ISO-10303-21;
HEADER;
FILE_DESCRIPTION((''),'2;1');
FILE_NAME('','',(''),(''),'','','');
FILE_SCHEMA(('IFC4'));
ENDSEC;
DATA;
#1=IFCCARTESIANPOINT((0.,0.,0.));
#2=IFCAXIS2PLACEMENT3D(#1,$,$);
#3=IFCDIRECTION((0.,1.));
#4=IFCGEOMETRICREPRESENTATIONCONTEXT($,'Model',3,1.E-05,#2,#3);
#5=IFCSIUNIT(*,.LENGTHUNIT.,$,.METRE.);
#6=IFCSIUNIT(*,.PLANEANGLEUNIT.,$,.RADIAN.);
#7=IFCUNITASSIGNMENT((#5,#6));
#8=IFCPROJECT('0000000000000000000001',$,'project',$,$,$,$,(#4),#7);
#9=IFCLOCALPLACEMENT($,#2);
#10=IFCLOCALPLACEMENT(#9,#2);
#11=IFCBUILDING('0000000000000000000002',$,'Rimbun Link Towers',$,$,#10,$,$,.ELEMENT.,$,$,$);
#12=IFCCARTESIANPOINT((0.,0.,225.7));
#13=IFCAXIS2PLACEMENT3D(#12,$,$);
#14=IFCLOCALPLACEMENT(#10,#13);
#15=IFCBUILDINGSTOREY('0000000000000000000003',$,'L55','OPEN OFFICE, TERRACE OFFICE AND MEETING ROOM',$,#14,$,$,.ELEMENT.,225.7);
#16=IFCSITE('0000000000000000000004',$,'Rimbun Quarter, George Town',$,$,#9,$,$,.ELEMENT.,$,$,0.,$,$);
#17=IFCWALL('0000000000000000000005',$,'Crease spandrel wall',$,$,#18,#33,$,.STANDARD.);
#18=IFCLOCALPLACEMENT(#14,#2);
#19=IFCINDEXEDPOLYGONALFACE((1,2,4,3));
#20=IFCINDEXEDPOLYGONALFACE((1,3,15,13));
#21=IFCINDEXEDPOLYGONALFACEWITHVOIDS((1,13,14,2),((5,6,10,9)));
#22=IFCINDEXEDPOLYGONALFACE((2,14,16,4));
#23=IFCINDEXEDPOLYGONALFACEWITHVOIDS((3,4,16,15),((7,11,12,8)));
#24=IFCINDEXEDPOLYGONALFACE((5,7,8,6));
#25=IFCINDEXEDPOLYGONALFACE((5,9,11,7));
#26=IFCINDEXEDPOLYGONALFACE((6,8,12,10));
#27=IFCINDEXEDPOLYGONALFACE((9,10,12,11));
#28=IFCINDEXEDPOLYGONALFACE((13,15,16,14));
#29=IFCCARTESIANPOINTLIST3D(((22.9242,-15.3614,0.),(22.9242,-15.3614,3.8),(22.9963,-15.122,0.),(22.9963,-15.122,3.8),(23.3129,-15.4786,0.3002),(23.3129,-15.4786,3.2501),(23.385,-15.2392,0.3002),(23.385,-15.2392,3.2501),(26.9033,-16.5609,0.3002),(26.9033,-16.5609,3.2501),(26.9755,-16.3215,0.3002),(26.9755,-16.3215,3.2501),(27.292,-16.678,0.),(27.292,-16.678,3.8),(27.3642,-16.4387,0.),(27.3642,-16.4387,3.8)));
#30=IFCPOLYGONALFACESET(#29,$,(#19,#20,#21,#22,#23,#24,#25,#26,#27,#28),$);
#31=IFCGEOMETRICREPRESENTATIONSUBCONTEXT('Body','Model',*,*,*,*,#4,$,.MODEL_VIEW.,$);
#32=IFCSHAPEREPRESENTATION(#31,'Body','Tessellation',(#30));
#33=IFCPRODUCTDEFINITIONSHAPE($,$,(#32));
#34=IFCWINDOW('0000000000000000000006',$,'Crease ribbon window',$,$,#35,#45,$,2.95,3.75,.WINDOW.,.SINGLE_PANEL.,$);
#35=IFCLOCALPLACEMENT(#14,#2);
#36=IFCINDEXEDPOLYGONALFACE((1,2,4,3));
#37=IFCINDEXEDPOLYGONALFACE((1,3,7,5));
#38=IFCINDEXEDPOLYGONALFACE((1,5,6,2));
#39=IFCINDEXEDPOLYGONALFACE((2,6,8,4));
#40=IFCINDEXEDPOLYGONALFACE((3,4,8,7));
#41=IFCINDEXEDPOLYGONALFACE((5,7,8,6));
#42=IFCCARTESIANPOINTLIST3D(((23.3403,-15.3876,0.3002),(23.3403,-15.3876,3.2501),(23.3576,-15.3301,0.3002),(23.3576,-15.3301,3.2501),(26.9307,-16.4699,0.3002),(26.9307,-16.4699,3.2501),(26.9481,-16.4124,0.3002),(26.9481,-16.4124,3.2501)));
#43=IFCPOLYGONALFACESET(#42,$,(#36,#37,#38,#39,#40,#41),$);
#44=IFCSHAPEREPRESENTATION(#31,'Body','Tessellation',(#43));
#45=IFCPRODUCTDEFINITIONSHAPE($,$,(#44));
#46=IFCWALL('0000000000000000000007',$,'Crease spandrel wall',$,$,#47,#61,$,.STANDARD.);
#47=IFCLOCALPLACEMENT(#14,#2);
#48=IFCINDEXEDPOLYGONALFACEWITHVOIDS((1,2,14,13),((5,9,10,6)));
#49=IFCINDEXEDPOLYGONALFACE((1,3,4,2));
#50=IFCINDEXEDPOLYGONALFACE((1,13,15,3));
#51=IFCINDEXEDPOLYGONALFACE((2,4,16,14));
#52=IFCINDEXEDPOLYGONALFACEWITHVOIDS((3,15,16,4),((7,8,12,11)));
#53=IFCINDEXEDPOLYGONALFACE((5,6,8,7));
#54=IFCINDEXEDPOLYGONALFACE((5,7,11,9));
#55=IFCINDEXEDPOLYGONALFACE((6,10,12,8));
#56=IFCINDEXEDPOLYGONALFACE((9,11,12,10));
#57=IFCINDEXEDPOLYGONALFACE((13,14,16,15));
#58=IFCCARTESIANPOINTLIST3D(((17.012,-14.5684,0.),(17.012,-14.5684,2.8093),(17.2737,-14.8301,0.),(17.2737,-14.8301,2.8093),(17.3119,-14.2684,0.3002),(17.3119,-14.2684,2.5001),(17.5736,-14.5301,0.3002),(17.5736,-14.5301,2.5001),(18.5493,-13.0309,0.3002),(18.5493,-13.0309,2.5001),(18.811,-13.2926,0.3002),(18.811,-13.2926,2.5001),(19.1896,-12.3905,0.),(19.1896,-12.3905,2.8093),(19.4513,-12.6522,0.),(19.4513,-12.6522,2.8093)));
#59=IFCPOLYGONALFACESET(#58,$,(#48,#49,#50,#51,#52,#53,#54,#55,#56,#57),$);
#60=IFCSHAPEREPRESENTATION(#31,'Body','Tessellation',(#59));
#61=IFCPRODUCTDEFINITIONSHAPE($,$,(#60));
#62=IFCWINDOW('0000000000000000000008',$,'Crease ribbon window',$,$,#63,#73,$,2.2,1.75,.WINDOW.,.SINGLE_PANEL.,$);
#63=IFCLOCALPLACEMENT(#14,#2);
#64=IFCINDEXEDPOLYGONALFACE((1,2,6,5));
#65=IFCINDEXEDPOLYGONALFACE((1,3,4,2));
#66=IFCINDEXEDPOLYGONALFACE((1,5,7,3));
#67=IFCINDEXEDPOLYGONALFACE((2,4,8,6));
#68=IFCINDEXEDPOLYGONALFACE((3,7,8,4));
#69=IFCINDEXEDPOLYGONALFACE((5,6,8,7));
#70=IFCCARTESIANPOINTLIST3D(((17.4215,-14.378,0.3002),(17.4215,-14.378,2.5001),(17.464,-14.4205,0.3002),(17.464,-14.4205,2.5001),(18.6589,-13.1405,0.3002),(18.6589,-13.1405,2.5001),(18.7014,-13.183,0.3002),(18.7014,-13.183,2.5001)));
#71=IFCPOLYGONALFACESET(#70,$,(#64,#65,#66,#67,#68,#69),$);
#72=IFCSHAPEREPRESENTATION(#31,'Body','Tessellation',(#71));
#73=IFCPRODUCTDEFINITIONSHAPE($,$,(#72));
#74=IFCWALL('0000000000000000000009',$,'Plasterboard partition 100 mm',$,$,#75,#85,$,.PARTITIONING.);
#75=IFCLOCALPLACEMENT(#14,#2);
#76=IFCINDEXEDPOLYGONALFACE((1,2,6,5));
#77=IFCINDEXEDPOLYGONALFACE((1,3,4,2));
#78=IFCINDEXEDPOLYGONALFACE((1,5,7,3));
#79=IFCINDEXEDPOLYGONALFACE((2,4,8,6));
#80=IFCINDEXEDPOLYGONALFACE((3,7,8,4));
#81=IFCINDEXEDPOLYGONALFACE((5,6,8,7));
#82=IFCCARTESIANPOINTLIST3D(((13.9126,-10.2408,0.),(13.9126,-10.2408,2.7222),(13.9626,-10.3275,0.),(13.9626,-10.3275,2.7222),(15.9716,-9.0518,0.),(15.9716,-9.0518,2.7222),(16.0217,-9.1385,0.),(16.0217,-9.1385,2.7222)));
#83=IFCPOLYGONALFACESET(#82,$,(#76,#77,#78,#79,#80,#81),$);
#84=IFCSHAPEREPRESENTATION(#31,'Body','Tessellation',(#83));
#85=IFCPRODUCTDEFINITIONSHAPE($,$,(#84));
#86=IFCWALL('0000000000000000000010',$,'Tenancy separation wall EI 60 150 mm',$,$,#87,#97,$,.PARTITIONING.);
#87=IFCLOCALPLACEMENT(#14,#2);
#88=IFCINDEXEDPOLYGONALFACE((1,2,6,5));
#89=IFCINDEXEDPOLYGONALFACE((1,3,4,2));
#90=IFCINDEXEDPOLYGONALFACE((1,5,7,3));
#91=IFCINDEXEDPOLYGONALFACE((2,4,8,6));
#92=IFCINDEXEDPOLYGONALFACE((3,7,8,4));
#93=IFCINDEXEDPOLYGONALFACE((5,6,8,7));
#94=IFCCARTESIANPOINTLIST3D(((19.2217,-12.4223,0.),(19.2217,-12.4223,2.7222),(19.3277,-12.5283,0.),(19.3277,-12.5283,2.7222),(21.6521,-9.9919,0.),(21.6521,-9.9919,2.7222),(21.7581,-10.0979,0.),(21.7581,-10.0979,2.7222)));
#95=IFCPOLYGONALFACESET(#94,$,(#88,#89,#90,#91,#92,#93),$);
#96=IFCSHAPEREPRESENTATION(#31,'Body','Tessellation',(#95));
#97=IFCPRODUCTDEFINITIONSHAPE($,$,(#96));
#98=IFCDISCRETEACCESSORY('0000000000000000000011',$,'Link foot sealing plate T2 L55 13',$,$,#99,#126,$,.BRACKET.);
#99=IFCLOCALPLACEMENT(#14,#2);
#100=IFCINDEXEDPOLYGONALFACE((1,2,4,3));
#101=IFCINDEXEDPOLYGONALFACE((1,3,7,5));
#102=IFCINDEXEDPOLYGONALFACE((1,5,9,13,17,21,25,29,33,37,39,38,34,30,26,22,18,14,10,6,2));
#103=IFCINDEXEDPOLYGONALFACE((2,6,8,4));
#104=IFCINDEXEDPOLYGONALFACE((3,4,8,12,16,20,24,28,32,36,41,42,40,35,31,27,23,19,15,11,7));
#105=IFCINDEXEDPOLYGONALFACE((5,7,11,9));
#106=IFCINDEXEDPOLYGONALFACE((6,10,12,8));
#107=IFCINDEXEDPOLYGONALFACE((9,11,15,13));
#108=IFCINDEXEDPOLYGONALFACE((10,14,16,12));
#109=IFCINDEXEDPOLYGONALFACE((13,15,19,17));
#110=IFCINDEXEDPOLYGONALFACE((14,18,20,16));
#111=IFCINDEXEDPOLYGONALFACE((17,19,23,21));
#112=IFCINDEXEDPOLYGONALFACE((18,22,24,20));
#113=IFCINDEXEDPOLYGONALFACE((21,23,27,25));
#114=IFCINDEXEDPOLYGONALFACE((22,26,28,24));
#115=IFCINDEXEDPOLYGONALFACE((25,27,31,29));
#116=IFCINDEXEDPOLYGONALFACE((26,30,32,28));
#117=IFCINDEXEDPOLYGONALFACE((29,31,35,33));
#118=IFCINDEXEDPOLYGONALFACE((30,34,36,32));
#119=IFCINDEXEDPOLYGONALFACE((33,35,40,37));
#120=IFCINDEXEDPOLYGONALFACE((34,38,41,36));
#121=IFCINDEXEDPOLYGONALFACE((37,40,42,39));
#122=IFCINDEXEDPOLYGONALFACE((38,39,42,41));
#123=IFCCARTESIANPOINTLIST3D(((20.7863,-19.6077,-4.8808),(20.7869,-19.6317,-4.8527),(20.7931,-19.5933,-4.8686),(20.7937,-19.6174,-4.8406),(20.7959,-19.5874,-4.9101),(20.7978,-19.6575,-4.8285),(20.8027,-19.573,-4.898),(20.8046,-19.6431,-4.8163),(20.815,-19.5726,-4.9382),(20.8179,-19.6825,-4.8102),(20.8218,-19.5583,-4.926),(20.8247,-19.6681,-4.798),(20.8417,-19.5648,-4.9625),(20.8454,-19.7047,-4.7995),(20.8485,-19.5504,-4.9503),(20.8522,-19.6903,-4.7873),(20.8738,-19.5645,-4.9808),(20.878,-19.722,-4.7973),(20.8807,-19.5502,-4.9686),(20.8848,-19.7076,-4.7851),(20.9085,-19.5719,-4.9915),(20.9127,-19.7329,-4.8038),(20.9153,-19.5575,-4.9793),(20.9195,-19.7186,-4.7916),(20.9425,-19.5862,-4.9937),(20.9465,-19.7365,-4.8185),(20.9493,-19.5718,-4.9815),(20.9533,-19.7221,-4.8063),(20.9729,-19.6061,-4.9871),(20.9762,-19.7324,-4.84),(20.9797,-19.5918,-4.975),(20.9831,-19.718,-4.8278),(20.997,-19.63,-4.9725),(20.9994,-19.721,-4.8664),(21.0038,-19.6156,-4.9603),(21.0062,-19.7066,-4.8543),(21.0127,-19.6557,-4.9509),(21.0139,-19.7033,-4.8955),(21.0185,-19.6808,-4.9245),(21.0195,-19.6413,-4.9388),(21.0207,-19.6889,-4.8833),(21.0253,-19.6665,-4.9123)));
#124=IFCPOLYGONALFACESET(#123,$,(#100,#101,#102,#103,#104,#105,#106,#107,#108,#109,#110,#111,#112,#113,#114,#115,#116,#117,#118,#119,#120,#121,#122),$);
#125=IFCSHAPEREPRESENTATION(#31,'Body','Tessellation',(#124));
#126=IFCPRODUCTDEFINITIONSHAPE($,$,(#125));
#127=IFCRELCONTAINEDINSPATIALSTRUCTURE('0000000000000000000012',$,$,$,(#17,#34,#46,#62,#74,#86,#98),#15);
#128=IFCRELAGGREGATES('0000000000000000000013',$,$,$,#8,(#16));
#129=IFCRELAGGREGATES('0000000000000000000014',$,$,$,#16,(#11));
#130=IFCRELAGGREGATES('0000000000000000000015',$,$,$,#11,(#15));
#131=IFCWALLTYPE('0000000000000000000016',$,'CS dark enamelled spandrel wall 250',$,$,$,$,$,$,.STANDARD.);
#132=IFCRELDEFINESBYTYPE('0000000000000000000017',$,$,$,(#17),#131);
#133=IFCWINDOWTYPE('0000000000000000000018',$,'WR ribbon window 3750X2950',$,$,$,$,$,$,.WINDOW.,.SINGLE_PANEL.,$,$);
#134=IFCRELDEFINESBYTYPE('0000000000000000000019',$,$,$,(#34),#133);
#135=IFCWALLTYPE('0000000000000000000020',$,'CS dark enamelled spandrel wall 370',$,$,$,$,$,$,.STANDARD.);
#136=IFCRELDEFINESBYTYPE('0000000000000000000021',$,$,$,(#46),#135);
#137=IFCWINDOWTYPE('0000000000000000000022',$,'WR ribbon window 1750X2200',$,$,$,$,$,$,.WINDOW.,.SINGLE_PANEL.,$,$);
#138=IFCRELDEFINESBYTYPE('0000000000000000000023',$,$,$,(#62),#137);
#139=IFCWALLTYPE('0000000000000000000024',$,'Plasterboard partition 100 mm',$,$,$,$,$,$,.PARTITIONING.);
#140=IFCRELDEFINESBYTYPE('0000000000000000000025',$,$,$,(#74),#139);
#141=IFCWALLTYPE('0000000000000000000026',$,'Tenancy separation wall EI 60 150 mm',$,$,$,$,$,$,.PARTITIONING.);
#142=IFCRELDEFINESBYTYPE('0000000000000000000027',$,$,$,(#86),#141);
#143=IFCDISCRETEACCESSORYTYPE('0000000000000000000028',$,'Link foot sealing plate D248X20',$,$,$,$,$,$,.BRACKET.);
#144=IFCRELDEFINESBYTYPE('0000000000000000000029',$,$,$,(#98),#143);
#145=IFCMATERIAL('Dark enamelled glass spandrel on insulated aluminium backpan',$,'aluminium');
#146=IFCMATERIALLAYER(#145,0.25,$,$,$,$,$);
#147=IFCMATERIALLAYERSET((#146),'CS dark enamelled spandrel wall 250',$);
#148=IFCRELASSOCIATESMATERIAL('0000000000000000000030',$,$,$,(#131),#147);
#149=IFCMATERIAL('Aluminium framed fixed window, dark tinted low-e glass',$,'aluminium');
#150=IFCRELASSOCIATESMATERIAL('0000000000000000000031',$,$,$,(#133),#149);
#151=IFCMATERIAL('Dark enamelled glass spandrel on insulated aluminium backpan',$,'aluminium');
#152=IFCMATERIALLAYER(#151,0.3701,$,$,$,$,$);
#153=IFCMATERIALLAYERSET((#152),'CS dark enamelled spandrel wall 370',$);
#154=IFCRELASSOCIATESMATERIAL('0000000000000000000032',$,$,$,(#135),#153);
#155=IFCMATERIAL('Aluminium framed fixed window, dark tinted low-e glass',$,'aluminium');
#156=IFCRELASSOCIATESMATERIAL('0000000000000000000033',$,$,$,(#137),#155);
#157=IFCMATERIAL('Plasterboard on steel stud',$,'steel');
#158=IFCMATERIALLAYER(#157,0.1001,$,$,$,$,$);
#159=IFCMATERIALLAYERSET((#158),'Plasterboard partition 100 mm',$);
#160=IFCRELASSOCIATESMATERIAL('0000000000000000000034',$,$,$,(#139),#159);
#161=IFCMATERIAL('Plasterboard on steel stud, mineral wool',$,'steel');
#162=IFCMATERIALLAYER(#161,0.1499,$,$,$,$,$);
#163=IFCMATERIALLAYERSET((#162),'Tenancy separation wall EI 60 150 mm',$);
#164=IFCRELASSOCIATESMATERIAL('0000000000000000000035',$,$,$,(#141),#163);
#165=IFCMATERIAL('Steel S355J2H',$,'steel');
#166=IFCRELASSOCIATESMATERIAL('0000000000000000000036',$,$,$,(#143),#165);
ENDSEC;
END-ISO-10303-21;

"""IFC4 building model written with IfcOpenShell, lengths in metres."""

from ifc_helpers import new_model, si_unit, direction, frame, frame_2d, origin, origin_2d, place, context, subcontext, project, spatial, rectangle, circle, extrude, material, layer, layer_set, material_profile, profile_set, type_object, element, fill, save


model = new_model("IFC4")

# Units and contexts
model_context = context("Model", 3, precision=1e-05, world=origin(), true_north=direction((0.0, 1.0)))
body_context = subcontext(model_context, "Body", "Model", "MODEL_VIEW")
ifc_project = project(units=[si_unit("LENGTHUNIT", "METRE"), si_unit("PLANEANGLEUNIT", "RADIAN")], contexts=[model_context])

# Site, building, storey
site_placement = place(None, origin())
site = spatial("IfcSite", under=ifc_project, at=site_placement, Name="Rimbun Quarter, George Town", CompositionType="ELEMENT", RefElevation=0.0)
building_placement = place(site_placement, origin())
building = spatial("IfcBuilding", under=site, at=building_placement, Name="Rimbun Link Towers", CompositionType="ELEMENT")
storey_placement = place(building_placement, frame((0.0, 0.0, 225.7)))
storey = spatial("IfcBuildingStorey", under=building, at=storey_placement, Name="L55", Description="OPEN OFFICE, TERRACE OFFICE AND MEETING ROOM", CompositionType="ELEMENT", Elevation=225.7)

# Walls, openings, windows
ifc_material_1 = material(Name="Dark enamelled glass spandrel on insulated aluminium backpan", Category="aluminium")
ifc_layer_1 = layer(ifc_material_1, 0.25)
ifc_layer_set_1 = layer_set([ifc_layer_1], Name="CS dark enamelled spandrel wall 250")
wall_type_1 = type_object("IfcWallType", Name="CS dark enamelled spandrel wall 250", PredefinedType="STANDARD", material=ifc_layer_set_1)
ifc_material_2 = material(Name="Aluminium framed fixed window, dark tinted low-e glass", Category="aluminium")
window_type_1 = type_object("IfcWindowType", Name="WR ribbon window 3750X2950", PartitioningType="SINGLE_PANEL", PredefinedType="WINDOW", material=ifc_material_2)
wall_1_placement = place(storey_placement, frame((27.3281, -16.5583, 0.0), z_axis=(0.0, 0.0, 1.0), x_axis=(-0.957447, 0.288609, 0.0)))
wall_1 = element("IfcWall", 1, at=wall_1_placement, inside=storey, type_object=wall_type_1, Name="Crease spandrel wall", PredefinedType="STANDARD", context=body_context, shape_type="SweptSolid", body=[
    extrude(rectangle(XDim=4.562, YDim=0.25, at=frame_2d((2.281, 0.0))), origin(), (0.0, 0.0, 1.0), 3.8),
])
opening_1_placement = place(wall_1_placement, frame((0.406, 0.0, 0.3)))
opening_1 = element("IfcOpeningElement", 2, at=opening_1_placement, cuts=wall_1, PredefinedType="OPENING", context=body_context, shape_type="SweptSolid", body=[
    extrude(rectangle(XDim=3.75, YDim=2.95, at=frame_2d((1.875, 1.4751))), frame((0.0, 0.135, 0.0), z_axis=(0.0, -1.0, 0.0), x_axis=(1.0, 0.0, 0.0)), (0.0, 0.0, 1.0), 0.27),
])
window_1_placement = place(opening_1_placement, origin())
window_1 = element("IfcWindow", 3, at=window_1_placement, inside=storey, type_object=window_type_1, Name="Crease ribbon window", OverallHeight=2.95, OverallWidth=3.75, PartitioningType="SINGLE_PANEL", PredefinedType="WINDOW", context=body_context, shape_type="SweptSolid", body=[
    extrude(rectangle(XDim=3.75, YDim=2.95, at=frame_2d((1.875, 1.4751))), frame((0.0, 0.03, 0.0), z_axis=(0.0, -1.0, 0.0), x_axis=(1.0, 0.0, 0.0)), (0.0, 0.0, 1.0), 0.0601),
])
fill(opening_1, window_1)
ifc_material_3 = material(Name="Dark enamelled glass spandrel on insulated aluminium backpan", Category="aluminium")
ifc_layer_2 = layer(ifc_material_3, 0.3701)
ifc_layer_set_2 = layer_set([ifc_layer_2], Name="CS dark enamelled spandrel wall 370")
wall_type_2 = type_object("IfcWallType", Name="CS dark enamelled spandrel wall 370", PredefinedType="STANDARD", material=ifc_layer_set_2)
wall_2_placement = place(storey_placement, frame((19.3206, -12.5212, 0.0), z_axis=(0.0, 0.0, 1.0), x_axis=(-0.707067, -0.707146, 0.0)))
wall_2 = element("IfcWall", 4, at=wall_2_placement, inside=storey, type_object=wall_type_2, Name="Crease spandrel wall", PredefinedType="STANDARD", context=body_context, shape_type="SweptSolid", body=[
    extrude(rectangle(XDim=3.0798, YDim=0.3701, at=frame_2d((1.54, 0.0))), origin(), (0.0, 0.0, 1.0), 2.8093),
])
opening_2_placement = place(wall_2_placement, frame((0.9058, 0.0, 0.3)))
opening_2 = element("IfcOpeningElement", 5, at=opening_2_placement, cuts=wall_2, PredefinedType="OPENING", context=body_context, shape_type="SweptSolid", body=[
    extrude(rectangle(XDim=1.75, YDim=2.2, at=frame_2d((0.875, 1.1001))), frame((0.0, 0.1951, 0.0), z_axis=(0.0, -1.0, 0.0), x_axis=(1.0, 0.0, 0.0)), (0.0, 0.0, 1.0), 0.3901),
])
ifc_material_4 = material(Name="Aluminium framed fixed window, dark tinted low-e glass", Category="aluminium")
window_type_2 = type_object("IfcWindowType", Name="WR ribbon window 1750X2200", PartitioningType="SINGLE_PANEL", PredefinedType="WINDOW", material=ifc_material_4)
window_2_placement = place(opening_2_placement, origin())
window_2 = element("IfcWindow", 6, at=window_2_placement, inside=storey, type_object=window_type_2, Name="Crease ribbon window", OverallHeight=2.2, OverallWidth=1.75, PartitioningType="SINGLE_PANEL", PredefinedType="WINDOW", context=body_context, shape_type="SweptSolid", body=[
    extrude(rectangle(XDim=1.75, YDim=2.2, at=frame_2d((0.875, 1.1001))), frame((0.0, 0.03, 0.0), z_axis=(0.0, -1.0, 0.0), x_axis=(1.0, 0.0, 0.0)), (0.0, 0.0, 1.0), 0.0601),
])
fill(opening_2, window_2)

# Walls
ifc_material_5 = material(Name="Plasterboard on steel stud", Category="steel")
ifc_layer_3 = layer(ifc_material_5, 0.1001)
ifc_layer_set_3 = layer_set([ifc_layer_3], Name="Plasterboard partition 100 mm")
wall_type_3 = type_object("IfcWallType", Name="Plasterboard partition 100 mm", PredefinedType="PARTITIONING", material=ifc_layer_set_3)
wall_3_placement = place(storey_placement, frame((13.9375, -10.2842, 0.0), z_axis=(0.0, 0.0, 1.0), x_axis=(0.865997, 0.500048, 0.0)))
element("IfcWall", 7, at=wall_3_placement, inside=storey, type_object=wall_type_3, Name="Plasterboard partition 100 mm", PredefinedType="PARTITIONING", context=body_context, shape_type="SweptSolid", body=[
    extrude(rectangle(XDim=2.3777, YDim=0.1001, at=frame_2d((1.189, 0.0))), origin(), (0.0, 0.0, 1.0), 2.7222),
])
ifc_material_6 = material(Name="Plasterboard on steel stud, mineral wool", Category="steel")
ifc_layer_4 = layer(ifc_material_6, 0.1499)
ifc_layer_set_4 = layer_set([ifc_layer_4], Name="Tenancy separation wall EI 60 150 mm")
wall_type_4 = type_object("IfcWallType", Name="Tenancy separation wall EI 60 150 mm", PredefinedType="PARTITIONING", material=ifc_layer_set_4)
wall_4_placement = place(storey_placement, frame((21.7051, -10.0449, 0.0), z_axis=(0.0, 0.0, 1.0), x_axis=(-0.707107, -0.707107, 0.0)))
element("IfcWall", 8, at=wall_4_placement, inside=storey, type_object=wall_type_4, Name="Tenancy separation wall EI 60 150 mm", PredefinedType="PARTITIONING", context=body_context, shape_type="SweptSolid", body=[
    extrude(rectangle(XDim=3.437, YDim=0.1499, at=frame_2d((1.7185, 0.0))), origin(), (0.0, 0.0, 1.0), 2.7222),
])

# Discrete accessory
ifc_material_7 = material(Name="Steel S355J2H", Category="steel")
ifc_material_profile_1 = material_profile(ifc_material_7, circle(Radius=0.124, at=origin_2d()), Name="PL D248")
ifc_profile_set_1 = profile_set([ifc_material_profile_1], Name="Steel S355J2H")
discrete_accessory_type = type_object("IfcDiscreteAccessoryType", Name="Link foot sealing plate D248X20", PredefinedType="BRACKET", material=ifc_profile_set_1)
discrete_accessory_placement = place(storey_placement, frame((20.9087, -19.6357, -4.8833), z_axis=(-0.340427, -0.717329, -0.607906), x_axis=(0.903426, -0.428744, 0.0)))
element("IfcDiscreteAccessory", 9, at=discrete_accessory_placement, inside=storey, type_object=discrete_accessory_type, Name="Link foot sealing plate T2 L55 13", PredefinedType="BRACKET", context=body_context, shape_type="SweptSolid", body=[
    extrude(circle(Radius=0.124, at=origin_2d()), origin(), (0.0, 0.0, 1.0), 0.02),
])

save(model, "model.ifc")
